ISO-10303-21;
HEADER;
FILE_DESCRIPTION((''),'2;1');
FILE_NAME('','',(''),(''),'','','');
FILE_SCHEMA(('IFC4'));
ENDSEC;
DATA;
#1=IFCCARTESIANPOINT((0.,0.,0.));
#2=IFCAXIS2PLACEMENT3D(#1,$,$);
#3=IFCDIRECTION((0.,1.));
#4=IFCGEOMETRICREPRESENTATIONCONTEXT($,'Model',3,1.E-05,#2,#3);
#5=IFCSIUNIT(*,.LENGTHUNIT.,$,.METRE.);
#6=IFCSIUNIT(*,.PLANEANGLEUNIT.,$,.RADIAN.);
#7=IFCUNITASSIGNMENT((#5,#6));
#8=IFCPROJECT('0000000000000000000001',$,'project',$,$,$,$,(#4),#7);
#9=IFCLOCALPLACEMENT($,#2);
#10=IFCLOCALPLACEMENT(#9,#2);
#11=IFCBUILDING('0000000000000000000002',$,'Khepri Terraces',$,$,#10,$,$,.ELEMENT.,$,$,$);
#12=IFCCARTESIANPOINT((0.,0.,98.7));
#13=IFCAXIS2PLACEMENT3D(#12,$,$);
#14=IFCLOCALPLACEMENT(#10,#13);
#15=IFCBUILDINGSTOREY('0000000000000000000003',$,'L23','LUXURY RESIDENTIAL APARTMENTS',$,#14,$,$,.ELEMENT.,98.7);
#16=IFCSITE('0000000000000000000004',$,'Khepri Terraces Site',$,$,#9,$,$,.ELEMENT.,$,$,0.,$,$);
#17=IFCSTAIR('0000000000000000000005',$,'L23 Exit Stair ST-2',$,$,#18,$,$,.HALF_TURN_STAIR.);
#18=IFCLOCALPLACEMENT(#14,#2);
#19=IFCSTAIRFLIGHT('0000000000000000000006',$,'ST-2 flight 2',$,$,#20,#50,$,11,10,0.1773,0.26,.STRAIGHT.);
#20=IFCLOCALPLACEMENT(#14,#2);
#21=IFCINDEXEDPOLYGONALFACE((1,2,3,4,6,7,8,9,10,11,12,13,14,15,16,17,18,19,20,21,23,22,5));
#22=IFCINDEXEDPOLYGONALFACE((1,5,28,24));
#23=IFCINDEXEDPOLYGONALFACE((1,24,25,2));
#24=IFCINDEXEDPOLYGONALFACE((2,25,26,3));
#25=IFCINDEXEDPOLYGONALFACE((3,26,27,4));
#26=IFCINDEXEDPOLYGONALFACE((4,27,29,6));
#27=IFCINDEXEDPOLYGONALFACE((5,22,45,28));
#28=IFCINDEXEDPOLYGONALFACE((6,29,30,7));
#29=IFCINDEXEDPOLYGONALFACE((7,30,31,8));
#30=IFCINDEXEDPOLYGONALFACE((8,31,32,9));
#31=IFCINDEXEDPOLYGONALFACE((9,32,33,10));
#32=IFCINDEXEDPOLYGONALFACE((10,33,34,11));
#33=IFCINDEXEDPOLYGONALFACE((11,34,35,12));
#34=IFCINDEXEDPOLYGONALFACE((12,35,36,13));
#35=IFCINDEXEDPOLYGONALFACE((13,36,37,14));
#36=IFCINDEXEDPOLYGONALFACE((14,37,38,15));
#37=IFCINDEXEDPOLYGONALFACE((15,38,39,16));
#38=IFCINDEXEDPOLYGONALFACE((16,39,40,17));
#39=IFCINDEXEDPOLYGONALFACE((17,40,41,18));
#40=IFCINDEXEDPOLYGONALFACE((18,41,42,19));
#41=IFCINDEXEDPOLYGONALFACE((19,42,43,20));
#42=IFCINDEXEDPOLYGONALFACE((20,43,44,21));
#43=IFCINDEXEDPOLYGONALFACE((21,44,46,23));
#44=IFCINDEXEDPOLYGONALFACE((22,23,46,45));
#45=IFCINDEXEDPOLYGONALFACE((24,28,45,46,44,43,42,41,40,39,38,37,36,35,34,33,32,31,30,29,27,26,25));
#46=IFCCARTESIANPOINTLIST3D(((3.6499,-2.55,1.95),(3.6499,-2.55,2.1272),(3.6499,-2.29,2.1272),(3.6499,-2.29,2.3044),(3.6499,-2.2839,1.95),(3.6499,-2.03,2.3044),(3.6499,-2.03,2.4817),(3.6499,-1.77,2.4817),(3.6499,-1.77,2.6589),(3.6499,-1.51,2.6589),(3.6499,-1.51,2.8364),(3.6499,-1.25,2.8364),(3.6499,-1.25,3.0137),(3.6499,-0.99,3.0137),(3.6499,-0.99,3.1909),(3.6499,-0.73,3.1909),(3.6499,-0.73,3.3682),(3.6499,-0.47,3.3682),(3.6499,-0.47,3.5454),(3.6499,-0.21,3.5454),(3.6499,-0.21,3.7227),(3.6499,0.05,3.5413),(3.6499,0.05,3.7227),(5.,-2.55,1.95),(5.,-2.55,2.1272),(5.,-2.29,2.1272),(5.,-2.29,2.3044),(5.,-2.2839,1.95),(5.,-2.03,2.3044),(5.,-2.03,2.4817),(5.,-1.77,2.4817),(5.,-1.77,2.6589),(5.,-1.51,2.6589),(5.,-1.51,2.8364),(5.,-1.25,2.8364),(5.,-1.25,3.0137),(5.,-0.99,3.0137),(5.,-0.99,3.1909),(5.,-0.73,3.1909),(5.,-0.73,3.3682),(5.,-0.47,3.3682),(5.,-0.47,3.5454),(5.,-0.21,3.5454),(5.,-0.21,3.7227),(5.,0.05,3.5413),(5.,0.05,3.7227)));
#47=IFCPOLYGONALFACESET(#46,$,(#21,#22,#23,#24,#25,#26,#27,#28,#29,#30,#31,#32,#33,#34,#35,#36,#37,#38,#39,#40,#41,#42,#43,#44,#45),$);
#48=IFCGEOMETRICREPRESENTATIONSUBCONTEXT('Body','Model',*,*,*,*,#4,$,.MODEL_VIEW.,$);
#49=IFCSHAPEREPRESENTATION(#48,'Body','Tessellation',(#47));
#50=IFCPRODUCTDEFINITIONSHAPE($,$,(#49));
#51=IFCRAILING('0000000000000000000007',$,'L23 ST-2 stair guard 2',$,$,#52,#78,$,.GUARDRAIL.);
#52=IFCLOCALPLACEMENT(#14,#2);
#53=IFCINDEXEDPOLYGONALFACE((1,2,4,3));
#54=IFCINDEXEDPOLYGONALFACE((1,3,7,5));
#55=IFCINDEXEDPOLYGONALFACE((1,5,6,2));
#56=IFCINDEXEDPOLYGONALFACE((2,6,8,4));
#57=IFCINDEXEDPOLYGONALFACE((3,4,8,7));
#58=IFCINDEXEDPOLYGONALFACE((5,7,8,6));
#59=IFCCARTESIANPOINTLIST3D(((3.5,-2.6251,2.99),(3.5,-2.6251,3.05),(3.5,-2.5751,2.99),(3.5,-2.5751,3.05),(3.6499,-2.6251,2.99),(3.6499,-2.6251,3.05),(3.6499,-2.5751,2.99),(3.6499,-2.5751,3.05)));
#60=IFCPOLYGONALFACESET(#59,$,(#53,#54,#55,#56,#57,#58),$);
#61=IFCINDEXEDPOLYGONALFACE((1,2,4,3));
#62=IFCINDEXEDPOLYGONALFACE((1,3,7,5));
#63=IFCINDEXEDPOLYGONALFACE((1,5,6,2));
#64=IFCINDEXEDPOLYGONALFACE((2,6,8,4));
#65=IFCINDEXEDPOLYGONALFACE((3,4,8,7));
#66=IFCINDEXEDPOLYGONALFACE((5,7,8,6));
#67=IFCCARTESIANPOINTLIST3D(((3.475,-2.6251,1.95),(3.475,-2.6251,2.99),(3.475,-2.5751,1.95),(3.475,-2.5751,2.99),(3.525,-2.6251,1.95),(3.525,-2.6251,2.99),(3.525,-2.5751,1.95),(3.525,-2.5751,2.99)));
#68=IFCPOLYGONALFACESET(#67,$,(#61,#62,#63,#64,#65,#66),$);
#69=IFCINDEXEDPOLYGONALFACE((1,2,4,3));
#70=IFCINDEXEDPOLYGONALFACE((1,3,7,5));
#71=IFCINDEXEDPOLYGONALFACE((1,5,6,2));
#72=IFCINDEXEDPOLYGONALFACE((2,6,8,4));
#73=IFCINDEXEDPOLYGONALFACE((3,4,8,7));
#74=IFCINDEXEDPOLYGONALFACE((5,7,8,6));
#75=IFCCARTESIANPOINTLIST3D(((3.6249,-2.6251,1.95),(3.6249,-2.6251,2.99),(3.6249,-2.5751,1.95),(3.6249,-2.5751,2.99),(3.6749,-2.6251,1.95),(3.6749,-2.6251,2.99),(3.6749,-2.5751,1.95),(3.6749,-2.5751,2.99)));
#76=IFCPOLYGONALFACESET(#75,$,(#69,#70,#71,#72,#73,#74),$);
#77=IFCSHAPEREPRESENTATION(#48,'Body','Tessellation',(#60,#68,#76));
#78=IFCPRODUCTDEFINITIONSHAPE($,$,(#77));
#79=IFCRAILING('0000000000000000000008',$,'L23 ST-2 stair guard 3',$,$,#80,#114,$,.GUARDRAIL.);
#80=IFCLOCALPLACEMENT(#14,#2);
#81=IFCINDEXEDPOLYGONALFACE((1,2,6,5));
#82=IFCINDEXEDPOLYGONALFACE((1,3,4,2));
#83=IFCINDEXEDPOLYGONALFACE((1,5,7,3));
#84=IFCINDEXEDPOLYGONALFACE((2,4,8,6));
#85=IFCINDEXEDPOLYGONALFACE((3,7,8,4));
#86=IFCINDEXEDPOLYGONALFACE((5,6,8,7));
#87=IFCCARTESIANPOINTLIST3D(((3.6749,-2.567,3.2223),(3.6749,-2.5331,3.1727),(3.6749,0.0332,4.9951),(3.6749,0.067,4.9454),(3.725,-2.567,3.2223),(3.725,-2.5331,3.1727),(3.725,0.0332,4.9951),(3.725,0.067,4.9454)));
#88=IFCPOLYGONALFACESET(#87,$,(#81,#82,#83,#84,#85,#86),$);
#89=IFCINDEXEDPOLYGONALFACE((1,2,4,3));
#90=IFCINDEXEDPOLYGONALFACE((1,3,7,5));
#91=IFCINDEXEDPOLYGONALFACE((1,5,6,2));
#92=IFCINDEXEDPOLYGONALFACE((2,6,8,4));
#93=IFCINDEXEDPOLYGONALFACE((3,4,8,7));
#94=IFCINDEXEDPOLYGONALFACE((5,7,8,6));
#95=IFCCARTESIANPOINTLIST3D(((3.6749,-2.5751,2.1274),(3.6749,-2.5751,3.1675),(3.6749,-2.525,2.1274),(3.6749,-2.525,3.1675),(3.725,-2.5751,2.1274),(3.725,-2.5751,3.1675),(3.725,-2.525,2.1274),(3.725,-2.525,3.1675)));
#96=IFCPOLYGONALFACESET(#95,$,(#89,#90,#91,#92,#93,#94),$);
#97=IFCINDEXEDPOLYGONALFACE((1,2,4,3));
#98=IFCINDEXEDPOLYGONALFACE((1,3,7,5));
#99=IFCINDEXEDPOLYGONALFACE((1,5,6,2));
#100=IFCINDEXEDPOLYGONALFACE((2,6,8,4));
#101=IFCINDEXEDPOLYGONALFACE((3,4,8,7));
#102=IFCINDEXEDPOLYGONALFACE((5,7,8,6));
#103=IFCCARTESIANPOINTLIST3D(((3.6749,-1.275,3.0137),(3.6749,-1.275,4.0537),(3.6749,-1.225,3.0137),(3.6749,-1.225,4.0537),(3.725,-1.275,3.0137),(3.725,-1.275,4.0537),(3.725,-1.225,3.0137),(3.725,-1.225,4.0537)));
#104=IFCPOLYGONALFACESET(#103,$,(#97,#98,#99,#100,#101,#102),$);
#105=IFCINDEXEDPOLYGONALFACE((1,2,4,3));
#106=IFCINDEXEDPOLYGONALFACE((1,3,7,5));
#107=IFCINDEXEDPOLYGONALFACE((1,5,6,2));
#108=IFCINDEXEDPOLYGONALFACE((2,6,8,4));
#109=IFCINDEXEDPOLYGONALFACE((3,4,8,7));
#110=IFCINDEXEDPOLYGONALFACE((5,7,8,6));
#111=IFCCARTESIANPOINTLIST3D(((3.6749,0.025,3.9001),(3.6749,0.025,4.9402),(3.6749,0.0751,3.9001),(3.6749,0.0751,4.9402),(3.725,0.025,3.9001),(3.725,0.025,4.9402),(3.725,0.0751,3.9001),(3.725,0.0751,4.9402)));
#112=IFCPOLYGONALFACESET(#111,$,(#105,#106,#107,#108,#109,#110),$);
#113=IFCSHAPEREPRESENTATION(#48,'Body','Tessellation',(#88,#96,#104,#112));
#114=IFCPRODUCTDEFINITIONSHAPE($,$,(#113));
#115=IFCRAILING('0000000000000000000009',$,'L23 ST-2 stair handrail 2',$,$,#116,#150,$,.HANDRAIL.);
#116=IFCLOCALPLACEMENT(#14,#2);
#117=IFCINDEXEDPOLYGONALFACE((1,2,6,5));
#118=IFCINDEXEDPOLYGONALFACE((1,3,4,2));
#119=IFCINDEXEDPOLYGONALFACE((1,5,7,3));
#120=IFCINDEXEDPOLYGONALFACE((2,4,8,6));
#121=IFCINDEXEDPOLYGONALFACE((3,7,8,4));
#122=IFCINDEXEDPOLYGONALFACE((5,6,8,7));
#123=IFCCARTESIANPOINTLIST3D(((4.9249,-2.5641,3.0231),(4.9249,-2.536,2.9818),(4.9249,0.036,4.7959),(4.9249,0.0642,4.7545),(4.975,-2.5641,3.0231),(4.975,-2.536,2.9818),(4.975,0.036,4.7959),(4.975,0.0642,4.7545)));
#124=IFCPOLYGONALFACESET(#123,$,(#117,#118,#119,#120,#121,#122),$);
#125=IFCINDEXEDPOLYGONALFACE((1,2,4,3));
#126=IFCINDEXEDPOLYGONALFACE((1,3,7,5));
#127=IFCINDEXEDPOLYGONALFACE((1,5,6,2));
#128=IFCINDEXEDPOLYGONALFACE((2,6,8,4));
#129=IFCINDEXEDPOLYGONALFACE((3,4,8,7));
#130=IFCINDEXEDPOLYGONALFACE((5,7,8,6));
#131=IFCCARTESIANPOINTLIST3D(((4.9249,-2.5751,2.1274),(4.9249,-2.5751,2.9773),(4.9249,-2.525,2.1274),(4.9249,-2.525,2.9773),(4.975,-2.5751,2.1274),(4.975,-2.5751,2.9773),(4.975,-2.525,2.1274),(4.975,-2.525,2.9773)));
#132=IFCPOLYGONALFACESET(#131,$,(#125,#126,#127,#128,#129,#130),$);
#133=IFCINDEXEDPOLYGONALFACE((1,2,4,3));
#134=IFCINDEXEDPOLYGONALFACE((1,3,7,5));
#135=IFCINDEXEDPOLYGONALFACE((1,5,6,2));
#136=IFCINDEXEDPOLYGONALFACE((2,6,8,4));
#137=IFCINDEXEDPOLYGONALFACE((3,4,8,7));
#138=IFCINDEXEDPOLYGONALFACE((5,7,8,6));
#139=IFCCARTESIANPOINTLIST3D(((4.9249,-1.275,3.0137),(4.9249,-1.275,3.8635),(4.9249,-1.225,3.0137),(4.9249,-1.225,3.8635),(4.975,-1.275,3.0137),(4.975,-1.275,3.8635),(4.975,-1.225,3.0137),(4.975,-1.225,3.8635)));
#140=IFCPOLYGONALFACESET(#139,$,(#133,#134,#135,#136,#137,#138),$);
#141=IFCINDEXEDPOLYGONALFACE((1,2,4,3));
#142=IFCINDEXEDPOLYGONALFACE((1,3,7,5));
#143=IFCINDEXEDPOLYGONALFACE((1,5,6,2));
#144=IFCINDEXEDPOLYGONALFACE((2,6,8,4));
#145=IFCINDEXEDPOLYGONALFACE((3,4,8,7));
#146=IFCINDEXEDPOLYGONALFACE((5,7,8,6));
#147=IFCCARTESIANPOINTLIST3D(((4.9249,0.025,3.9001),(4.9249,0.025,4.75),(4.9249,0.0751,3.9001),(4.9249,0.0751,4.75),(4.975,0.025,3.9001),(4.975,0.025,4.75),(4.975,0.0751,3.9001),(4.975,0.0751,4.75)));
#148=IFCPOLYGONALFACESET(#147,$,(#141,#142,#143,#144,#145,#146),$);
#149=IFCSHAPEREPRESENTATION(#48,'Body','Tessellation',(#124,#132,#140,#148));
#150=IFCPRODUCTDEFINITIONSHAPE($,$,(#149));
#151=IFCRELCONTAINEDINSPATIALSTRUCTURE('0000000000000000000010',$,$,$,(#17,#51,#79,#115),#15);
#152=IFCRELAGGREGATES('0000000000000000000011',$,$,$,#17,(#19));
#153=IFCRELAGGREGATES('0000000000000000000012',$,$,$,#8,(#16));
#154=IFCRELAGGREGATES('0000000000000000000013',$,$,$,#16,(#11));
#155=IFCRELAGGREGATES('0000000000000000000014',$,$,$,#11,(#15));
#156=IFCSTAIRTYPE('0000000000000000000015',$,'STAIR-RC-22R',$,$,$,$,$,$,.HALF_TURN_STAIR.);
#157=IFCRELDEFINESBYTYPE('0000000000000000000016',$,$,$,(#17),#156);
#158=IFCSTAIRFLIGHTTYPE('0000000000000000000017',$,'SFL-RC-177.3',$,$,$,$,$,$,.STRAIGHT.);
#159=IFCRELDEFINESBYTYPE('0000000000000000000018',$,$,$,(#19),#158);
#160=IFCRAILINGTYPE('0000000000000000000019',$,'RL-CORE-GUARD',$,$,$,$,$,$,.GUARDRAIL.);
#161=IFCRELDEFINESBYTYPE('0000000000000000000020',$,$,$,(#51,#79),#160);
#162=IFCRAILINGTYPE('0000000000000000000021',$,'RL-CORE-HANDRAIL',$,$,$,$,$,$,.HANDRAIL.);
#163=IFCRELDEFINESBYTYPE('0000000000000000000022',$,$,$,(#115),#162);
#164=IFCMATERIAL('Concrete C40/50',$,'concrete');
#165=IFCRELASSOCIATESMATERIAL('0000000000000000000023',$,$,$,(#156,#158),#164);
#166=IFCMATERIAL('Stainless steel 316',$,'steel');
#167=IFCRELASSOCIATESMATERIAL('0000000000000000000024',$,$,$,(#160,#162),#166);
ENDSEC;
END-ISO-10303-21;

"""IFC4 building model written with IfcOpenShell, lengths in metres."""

from ifc_helpers import new_model, si_unit, direction, frame, origin, origin_2d, place, context, subcontext, project, spatial, polyline, rectangle, outline, extrude, material, type_object, element, aggregate, save


model = new_model("IFC4")

# Units and contexts
model_context = context("Model", 3, precision=1e-05, world=origin(), true_north=direction((0.0, 1.0)))
body_context = subcontext(model_context, "Body", "Model", "MODEL_VIEW")
ifc_project = project(units=[si_unit("LENGTHUNIT", "METRE"), si_unit("PLANEANGLEUNIT", "RADIAN")], contexts=[model_context])

# Site, building, storey
site_placement = place(None, origin())
site = spatial("IfcSite", under=ifc_project, at=site_placement, Name="Khepri Terraces Site", CompositionType="ELEMENT", RefElevation=0.0)
building_placement = place(site_placement, origin())
building = spatial("IfcBuilding", under=site, at=building_placement, Name="Khepri Terraces", CompositionType="ELEMENT")
storey_placement = place(building_placement, frame((0.0, 0.0, 98.7)))
storey = spatial("IfcBuildingStorey", under=building, at=storey_placement, Name="L23", Description="LUXURY RESIDENTIAL APARTMENTS", CompositionType="ELEMENT", Elevation=98.7)

# Stair, stair flight
ifc_material_1 = material(Name="Concrete C40/50", Category="concrete")
stair_type = type_object("IfcStairType", Name="STAIR-RC-22R", PredefinedType="HALF_TURN_STAIR", material=ifc_material_1)
stair_placement = place(storey_placement, origin())
stair = element("IfcStair", 1, at=stair_placement, inside=storey, type_object=stair_type, Name="L23 Exit Stair ST-2", PredefinedType="HALF_TURN_STAIR")
stair_flight_type = type_object("IfcStairFlightType", Name="SFL-RC-177.3", PredefinedType="STRAIGHT", material=ifc_material_1)
stair_flight_placement = place(storey_placement, frame((4.325, -2.55, 1.95), z_axis=(0.0, 0.0, 1.0), x_axis=(0.0, 1.0, 0.0)))
stair_flight = element("IfcStairFlight", 2, at=stair_flight_placement, type_object=stair_flight_type, Name="ST-2 flight 2", NumberOfRisers=11, NumberOfTreads=10, PredefinedType="STRAIGHT", RiserHeight=0.1773, TreadLength=0.26, context=body_context, shape_type="SweptSolid", body=[
    extrude(outline(polyline([(0.0, 0.0), (0.0, 0.1772), (0.26, 0.1772), (0.26, 0.3545), (0.52, 0.3545), (0.52, 0.5317), (0.78, 0.5317), (0.78, 0.709), (1.04, 0.709), (1.04, 0.8865), (1.3, 0.8865), (1.3, 1.0637), (1.5601, 1.0637), (1.5601, 1.241), (1.8201, 1.241), (1.8201, 1.4182), (2.0801, 1.4182), (2.0801, 1.5955), (2.3401, 1.5955), (2.3401, 1.7727), (2.6001, 1.7727), (2.6001, 1.95), (2.6001, 1.5913), (0.2661, 0.0), (0.0, 0.0)])), frame((0.0, 0.675, 0.0), z_axis=(0.0, -1.0, 0.0), x_axis=(1.0, 0.0, 0.0)), (0.0, 0.0, 1.0), 1.3501),
])
aggregate(stair, [stair_flight])

# Railings
ifc_material_2 = material(Name="Stainless steel 316", Category="steel")
railing_type_1 = type_object("IfcRailingType", Name="RL-CORE-GUARD", PredefinedType="GUARDRAIL", material=ifc_material_2)
railing_1_placement = place(storey_placement, frame((3.5, -2.6001, 1.95)))
element("IfcRailing", 3, at=railing_1_placement, inside=storey, type_object=railing_type_1, Name="L23 ST-2 stair guard 2", PredefinedType="GUARDRAIL", context=body_context, shape_type="SweptSolid", body=[
    extrude(rectangle(XDim=0.05, YDim=0.0601, at=origin_2d()), frame((0.0, 0.0, 1.0701), z_axis=(1.0, 0.0, 0.0), x_axis=(0.0, 1.0, 0.0)), (0.0, 0.0, 1.0), 0.1499),
    extrude(rectangle(XDim=0.05, YDim=0.05, at=origin_2d()), origin(), (0.0, 0.0, 1.0), 1.04),
    extrude(rectangle(XDim=0.05, YDim=0.05, at=origin_2d()), frame((0.1499, 0.0, 0.0)), (0.0, 0.0, 1.0), 1.04),
])
railing_2_placement = place(storey_placement, frame((3.7, -2.55, 2.1274)))
element("IfcRailing", 4, at=railing_2_placement, inside=storey, type_object=railing_type_1, Name="L23 ST-2 stair guard 3", PredefinedType="GUARDRAIL", context=body_context, shape_type="SweptSolid", body=[
    extrude(rectangle(XDim=0.05, YDim=0.0601, at=origin_2d()), frame((0.0, 0.0, 1.0701), z_axis=(0.0, 0.82624, 0.563318), x_axis=(-1.0, 0.0, 0.0)), (0.0, 0.0, 1.0), 3.147),
    extrude(rectangle(XDim=0.05, YDim=0.05, at=origin_2d()), origin(), (0.0, 0.0, 1.0), 1.04),
    extrude(rectangle(XDim=0.05, YDim=0.05, at=origin_2d()), frame((0.0, 1.3, 0.8862)), (0.0, 0.0, 1.0), 1.04),
    extrude(rectangle(XDim=0.05, YDim=0.05, at=origin_2d()), frame((0.0, 2.6001, 1.7727)), (0.0, 0.0, 1.0), 1.04),
])
railing_type_2 = type_object("IfcRailingType", Name="RL-CORE-HANDRAIL", PredefinedType="HANDRAIL", material=ifc_material_2)
railing_3_placement = place(storey_placement, frame((4.95, -2.55, 2.1274)))
element("IfcRailing", 5, at=railing_3_placement, inside=storey, type_object=railing_type_2, Name="L23 ST-2 stair handrail 2", PredefinedType="HANDRAIL", context=body_context, shape_type="SweptSolid", body=[
    extrude(rectangle(XDim=0.05, YDim=0.05, at=origin_2d()), frame((0.0, 0.0, 0.875), z_axis=(0.0, 0.82624, 0.563318), x_axis=(-1.0, 0.0, 0.0)), (0.0, 0.0, 1.0), 3.147),
    extrude(rectangle(XDim=0.05, YDim=0.05, at=origin_2d()), origin(), (0.0, 0.0, 1.0), 0.8499),
    extrude(rectangle(XDim=0.05, YDim=0.05, at=origin_2d()), frame((0.0, 1.3, 0.8862)), (0.0, 0.0, 1.0), 0.8499),
    extrude(rectangle(XDim=0.05, YDim=0.05, at=origin_2d()), frame((0.0, 2.6001, 1.7727)), (0.0, 0.0, 1.0), 0.8499),
])

save(model, "model.ifc")
